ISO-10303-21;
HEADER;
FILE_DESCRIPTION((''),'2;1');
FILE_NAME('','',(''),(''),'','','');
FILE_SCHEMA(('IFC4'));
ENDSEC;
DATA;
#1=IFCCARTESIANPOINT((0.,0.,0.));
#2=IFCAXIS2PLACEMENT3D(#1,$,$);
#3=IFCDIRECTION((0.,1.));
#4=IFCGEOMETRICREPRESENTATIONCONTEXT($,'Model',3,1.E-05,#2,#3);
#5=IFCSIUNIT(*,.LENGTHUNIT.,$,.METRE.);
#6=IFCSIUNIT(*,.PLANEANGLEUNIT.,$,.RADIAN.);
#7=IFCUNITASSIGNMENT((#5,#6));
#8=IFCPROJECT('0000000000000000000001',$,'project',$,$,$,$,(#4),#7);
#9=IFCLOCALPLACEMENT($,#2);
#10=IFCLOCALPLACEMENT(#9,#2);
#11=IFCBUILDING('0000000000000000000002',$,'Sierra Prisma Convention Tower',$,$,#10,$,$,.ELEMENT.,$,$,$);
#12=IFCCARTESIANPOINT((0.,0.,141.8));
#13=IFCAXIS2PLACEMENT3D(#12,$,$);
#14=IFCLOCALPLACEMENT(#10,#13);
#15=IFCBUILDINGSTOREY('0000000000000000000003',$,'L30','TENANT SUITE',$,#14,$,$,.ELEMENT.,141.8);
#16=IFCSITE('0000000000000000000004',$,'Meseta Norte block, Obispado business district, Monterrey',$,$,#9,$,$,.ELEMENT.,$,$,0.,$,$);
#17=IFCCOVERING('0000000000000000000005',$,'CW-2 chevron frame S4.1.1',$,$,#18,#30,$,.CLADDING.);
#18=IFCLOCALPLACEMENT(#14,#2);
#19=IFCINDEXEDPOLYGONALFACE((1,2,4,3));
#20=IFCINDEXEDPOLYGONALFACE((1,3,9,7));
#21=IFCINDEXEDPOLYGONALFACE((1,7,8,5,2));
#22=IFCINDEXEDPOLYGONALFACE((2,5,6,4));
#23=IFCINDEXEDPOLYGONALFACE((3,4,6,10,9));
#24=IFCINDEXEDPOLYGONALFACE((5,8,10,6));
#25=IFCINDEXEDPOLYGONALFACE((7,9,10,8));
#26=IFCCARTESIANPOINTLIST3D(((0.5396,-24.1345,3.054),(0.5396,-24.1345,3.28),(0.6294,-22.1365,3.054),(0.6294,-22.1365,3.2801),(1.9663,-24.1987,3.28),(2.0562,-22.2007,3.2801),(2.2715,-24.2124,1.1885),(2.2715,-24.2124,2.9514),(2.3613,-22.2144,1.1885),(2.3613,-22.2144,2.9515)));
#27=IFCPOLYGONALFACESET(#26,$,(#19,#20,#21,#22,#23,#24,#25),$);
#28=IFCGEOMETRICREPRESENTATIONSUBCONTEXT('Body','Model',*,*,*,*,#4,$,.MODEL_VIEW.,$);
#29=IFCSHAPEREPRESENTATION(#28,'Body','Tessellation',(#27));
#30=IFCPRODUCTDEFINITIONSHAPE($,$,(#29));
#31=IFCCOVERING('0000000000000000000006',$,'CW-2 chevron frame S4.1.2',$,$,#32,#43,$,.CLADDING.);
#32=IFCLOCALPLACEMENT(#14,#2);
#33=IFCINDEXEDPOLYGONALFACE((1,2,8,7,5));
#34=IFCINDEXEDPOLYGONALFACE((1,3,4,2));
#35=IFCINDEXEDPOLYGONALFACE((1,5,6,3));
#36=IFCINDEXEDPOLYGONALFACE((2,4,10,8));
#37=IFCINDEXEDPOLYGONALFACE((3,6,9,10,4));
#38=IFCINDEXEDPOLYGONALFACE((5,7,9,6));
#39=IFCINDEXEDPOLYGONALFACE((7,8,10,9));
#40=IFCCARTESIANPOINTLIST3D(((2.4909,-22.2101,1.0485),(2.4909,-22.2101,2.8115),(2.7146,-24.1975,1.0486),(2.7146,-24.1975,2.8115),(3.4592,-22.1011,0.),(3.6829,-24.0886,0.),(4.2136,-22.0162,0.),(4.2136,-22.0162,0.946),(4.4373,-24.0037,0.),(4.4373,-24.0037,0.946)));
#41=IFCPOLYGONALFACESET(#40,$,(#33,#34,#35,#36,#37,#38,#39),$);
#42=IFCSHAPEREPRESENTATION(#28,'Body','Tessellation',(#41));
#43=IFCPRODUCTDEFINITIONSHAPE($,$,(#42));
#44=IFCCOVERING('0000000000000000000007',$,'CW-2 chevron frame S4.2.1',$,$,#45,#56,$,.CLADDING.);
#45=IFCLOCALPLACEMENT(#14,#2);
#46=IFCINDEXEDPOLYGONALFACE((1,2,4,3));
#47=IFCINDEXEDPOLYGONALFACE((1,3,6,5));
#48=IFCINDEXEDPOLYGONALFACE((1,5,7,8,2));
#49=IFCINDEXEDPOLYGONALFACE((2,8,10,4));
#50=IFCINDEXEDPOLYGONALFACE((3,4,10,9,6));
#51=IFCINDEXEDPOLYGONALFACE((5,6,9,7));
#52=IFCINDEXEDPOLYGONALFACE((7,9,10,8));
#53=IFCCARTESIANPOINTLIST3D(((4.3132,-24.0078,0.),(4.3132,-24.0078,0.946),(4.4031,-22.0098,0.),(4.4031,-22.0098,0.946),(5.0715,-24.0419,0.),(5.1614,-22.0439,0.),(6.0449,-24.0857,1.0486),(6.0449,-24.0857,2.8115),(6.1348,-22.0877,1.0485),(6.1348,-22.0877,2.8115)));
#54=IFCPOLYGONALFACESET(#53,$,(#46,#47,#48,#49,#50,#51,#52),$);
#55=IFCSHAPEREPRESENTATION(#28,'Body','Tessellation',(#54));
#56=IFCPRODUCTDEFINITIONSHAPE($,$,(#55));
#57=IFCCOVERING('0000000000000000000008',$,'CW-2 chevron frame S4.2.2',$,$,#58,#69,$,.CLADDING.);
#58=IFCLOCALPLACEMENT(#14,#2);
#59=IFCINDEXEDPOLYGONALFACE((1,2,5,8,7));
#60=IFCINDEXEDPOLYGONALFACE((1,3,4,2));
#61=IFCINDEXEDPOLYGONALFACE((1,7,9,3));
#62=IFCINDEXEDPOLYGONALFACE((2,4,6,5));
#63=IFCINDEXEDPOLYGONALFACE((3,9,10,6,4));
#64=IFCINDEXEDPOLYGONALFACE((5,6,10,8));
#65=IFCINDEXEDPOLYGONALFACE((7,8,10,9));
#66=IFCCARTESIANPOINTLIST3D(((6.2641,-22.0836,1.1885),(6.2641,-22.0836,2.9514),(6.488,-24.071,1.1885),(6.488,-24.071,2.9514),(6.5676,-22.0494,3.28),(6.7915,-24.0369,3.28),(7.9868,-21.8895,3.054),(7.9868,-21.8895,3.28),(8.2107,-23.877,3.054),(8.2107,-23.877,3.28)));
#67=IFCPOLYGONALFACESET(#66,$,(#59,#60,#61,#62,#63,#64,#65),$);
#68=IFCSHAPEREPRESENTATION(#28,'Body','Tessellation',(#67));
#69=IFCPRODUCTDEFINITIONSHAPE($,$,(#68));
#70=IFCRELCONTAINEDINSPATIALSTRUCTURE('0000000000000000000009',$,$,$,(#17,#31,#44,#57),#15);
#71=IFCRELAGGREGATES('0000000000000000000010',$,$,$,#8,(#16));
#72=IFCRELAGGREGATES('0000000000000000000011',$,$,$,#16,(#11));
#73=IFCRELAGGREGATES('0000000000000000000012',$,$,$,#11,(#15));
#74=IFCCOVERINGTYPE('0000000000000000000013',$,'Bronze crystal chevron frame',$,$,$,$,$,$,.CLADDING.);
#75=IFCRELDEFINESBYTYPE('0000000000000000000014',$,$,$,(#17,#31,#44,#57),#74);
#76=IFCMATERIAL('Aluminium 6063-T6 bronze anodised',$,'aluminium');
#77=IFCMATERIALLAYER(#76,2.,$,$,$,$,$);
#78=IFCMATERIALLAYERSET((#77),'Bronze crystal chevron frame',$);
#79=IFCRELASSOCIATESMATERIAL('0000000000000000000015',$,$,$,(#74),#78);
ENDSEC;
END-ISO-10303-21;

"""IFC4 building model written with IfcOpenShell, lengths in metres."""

from ifc_helpers import new_model, si_unit, direction, frame, origin, place, context, subcontext, project, spatial, polyline, outline, extrude, material, layer, layer_set, type_object, element, save


model = new_model("IFC4")

# Units and contexts
model_context = context("Model", 3, precision=1e-05, world=origin(), true_north=direction((0.0, 1.0)))
body_context = subcontext(model_context, "Body", "Model", "MODEL_VIEW")
ifc_project = project(units=[si_unit("LENGTHUNIT", "METRE"), si_unit("PLANEANGLEUNIT", "RADIAN")], contexts=[model_context])

# Site, building, storey
site_placement = place(None, origin())
site = spatial("IfcSite", under=ifc_project, at=site_placement, Name="Meseta Norte block, Obispado business district, Monterrey", CompositionType="ELEMENT", RefElevation=0.0)
building_placement = place(site_placement, origin())
building = spatial("IfcBuilding", under=site, at=building_placement, Name="Sierra Prisma Convention Tower", CompositionType="ELEMENT")
storey_placement = place(building_placement, frame((0.0, 0.0, 141.8)))
storey = spatial("IfcBuildingStorey", under=building, at=storey_placement, Name="L30", Description="TENANT SUITE", CompositionType="ELEMENT", Elevation=141.8)

# Coverings
ifc_material_1 = material(Name="Aluminium 6063-T6 bronze anodised", Category="aluminium")
ifc_layer_1 = layer(ifc_material_1, 2.0)
ifc_layer_set_1 = layer_set([ifc_layer_1], Name="Bronze crystal chevron frame")
covering_type = type_object("IfcCoveringType", Name="Bronze crystal chevron frame", PredefinedType="CLADDING", material=ifc_layer_set_1)
covering_1_placement = place(storey_placement, frame((0.5396, -24.1345, 3.28), z_axis=(-0.044926, -0.99899, -0.000023), x_axis=(0.000001, 0.000023, -1.0)))
element("IfcCovering", 1, at=covering_1_placement, inside=storey, type_object=covering_type, Name="CW-2 chevron frame S4.1.1", PredefinedType="CLADDING", context=body_context, shape_type="SweptSolid", body=[
    extrude(outline(polyline([(0.0, 0.0), (0.2261, 0.0), (2.0916, 1.7337), (0.3286, 1.7337), (0.0, 1.4282), (0.0, 0.0)])), origin(), (0.0, 0.0, -1.0), 2.0),
])
covering_2_placement = place(storey_placement, frame((2.7146, -24.1975, 2.8115), z_axis=(0.111836, -0.993727, 0.000022), x_axis=(0.000002, -0.000022, -1.0)))
element("IfcCovering", 2, at=covering_2_placement, inside=storey, type_object=covering_type, Name="CW-2 chevron frame S4.1.2", PredefinedType="CLADDING", context=body_context, shape_type="SweptSolid", body=[
    extrude(outline(polyline([(0.0, 0.0), (1.7629, 0.0), (2.8115, 0.9744), (2.8115, 1.7335), (1.8655, 1.7335), (0.0, 0.0)])), origin(), (0.0, 0.0, -1.0), 2.0),
])
covering_3_placement = place(storey_placement, frame((4.3132, -24.0078, 0.0), z_axis=(-0.044943, -0.99899, 0.000024), x_axis=(0.99899, -0.044943, 0.0)))
element("IfcCovering", 3, at=covering_3_placement, inside=storey, type_object=covering_type, Name="CW-2 chevron frame S4.2.1", PredefinedType="CLADDING", context=body_context, shape_type="SweptSolid", body=[
    extrude(outline(polyline([(0.0, 0.0), (0.7591, 0.0), (1.7334, 1.0486), (1.7334, 2.8115), (0.0, 0.946), (0.0, 0.0)])), origin(), (0.0, 0.0, -1.0), 2.0),
])
covering_4_placement = place(storey_placement, frame((8.2107, -23.877, 3.28), z_axis=(0.111963, -0.993712, -0.000005), x_axis=(-0.993712, -0.111963, 0.0)))
element("IfcCovering", 4, at=covering_4_placement, inside=storey, type_object=covering_type, Name="CW-2 chevron frame S4.2.2", PredefinedType="CLADDING", context=body_context, shape_type="SweptSolid", body=[
    extrude(outline(polyline([(0.0, 0.0), (1.4282, 0.0), (1.7336, 0.3286), (1.7336, 2.0916), (0.0, 0.2261), (0.0, 0.0)])), origin(), (0.0, 0.0, -1.0), 2.0),
])

save(model, "model.ifc")
